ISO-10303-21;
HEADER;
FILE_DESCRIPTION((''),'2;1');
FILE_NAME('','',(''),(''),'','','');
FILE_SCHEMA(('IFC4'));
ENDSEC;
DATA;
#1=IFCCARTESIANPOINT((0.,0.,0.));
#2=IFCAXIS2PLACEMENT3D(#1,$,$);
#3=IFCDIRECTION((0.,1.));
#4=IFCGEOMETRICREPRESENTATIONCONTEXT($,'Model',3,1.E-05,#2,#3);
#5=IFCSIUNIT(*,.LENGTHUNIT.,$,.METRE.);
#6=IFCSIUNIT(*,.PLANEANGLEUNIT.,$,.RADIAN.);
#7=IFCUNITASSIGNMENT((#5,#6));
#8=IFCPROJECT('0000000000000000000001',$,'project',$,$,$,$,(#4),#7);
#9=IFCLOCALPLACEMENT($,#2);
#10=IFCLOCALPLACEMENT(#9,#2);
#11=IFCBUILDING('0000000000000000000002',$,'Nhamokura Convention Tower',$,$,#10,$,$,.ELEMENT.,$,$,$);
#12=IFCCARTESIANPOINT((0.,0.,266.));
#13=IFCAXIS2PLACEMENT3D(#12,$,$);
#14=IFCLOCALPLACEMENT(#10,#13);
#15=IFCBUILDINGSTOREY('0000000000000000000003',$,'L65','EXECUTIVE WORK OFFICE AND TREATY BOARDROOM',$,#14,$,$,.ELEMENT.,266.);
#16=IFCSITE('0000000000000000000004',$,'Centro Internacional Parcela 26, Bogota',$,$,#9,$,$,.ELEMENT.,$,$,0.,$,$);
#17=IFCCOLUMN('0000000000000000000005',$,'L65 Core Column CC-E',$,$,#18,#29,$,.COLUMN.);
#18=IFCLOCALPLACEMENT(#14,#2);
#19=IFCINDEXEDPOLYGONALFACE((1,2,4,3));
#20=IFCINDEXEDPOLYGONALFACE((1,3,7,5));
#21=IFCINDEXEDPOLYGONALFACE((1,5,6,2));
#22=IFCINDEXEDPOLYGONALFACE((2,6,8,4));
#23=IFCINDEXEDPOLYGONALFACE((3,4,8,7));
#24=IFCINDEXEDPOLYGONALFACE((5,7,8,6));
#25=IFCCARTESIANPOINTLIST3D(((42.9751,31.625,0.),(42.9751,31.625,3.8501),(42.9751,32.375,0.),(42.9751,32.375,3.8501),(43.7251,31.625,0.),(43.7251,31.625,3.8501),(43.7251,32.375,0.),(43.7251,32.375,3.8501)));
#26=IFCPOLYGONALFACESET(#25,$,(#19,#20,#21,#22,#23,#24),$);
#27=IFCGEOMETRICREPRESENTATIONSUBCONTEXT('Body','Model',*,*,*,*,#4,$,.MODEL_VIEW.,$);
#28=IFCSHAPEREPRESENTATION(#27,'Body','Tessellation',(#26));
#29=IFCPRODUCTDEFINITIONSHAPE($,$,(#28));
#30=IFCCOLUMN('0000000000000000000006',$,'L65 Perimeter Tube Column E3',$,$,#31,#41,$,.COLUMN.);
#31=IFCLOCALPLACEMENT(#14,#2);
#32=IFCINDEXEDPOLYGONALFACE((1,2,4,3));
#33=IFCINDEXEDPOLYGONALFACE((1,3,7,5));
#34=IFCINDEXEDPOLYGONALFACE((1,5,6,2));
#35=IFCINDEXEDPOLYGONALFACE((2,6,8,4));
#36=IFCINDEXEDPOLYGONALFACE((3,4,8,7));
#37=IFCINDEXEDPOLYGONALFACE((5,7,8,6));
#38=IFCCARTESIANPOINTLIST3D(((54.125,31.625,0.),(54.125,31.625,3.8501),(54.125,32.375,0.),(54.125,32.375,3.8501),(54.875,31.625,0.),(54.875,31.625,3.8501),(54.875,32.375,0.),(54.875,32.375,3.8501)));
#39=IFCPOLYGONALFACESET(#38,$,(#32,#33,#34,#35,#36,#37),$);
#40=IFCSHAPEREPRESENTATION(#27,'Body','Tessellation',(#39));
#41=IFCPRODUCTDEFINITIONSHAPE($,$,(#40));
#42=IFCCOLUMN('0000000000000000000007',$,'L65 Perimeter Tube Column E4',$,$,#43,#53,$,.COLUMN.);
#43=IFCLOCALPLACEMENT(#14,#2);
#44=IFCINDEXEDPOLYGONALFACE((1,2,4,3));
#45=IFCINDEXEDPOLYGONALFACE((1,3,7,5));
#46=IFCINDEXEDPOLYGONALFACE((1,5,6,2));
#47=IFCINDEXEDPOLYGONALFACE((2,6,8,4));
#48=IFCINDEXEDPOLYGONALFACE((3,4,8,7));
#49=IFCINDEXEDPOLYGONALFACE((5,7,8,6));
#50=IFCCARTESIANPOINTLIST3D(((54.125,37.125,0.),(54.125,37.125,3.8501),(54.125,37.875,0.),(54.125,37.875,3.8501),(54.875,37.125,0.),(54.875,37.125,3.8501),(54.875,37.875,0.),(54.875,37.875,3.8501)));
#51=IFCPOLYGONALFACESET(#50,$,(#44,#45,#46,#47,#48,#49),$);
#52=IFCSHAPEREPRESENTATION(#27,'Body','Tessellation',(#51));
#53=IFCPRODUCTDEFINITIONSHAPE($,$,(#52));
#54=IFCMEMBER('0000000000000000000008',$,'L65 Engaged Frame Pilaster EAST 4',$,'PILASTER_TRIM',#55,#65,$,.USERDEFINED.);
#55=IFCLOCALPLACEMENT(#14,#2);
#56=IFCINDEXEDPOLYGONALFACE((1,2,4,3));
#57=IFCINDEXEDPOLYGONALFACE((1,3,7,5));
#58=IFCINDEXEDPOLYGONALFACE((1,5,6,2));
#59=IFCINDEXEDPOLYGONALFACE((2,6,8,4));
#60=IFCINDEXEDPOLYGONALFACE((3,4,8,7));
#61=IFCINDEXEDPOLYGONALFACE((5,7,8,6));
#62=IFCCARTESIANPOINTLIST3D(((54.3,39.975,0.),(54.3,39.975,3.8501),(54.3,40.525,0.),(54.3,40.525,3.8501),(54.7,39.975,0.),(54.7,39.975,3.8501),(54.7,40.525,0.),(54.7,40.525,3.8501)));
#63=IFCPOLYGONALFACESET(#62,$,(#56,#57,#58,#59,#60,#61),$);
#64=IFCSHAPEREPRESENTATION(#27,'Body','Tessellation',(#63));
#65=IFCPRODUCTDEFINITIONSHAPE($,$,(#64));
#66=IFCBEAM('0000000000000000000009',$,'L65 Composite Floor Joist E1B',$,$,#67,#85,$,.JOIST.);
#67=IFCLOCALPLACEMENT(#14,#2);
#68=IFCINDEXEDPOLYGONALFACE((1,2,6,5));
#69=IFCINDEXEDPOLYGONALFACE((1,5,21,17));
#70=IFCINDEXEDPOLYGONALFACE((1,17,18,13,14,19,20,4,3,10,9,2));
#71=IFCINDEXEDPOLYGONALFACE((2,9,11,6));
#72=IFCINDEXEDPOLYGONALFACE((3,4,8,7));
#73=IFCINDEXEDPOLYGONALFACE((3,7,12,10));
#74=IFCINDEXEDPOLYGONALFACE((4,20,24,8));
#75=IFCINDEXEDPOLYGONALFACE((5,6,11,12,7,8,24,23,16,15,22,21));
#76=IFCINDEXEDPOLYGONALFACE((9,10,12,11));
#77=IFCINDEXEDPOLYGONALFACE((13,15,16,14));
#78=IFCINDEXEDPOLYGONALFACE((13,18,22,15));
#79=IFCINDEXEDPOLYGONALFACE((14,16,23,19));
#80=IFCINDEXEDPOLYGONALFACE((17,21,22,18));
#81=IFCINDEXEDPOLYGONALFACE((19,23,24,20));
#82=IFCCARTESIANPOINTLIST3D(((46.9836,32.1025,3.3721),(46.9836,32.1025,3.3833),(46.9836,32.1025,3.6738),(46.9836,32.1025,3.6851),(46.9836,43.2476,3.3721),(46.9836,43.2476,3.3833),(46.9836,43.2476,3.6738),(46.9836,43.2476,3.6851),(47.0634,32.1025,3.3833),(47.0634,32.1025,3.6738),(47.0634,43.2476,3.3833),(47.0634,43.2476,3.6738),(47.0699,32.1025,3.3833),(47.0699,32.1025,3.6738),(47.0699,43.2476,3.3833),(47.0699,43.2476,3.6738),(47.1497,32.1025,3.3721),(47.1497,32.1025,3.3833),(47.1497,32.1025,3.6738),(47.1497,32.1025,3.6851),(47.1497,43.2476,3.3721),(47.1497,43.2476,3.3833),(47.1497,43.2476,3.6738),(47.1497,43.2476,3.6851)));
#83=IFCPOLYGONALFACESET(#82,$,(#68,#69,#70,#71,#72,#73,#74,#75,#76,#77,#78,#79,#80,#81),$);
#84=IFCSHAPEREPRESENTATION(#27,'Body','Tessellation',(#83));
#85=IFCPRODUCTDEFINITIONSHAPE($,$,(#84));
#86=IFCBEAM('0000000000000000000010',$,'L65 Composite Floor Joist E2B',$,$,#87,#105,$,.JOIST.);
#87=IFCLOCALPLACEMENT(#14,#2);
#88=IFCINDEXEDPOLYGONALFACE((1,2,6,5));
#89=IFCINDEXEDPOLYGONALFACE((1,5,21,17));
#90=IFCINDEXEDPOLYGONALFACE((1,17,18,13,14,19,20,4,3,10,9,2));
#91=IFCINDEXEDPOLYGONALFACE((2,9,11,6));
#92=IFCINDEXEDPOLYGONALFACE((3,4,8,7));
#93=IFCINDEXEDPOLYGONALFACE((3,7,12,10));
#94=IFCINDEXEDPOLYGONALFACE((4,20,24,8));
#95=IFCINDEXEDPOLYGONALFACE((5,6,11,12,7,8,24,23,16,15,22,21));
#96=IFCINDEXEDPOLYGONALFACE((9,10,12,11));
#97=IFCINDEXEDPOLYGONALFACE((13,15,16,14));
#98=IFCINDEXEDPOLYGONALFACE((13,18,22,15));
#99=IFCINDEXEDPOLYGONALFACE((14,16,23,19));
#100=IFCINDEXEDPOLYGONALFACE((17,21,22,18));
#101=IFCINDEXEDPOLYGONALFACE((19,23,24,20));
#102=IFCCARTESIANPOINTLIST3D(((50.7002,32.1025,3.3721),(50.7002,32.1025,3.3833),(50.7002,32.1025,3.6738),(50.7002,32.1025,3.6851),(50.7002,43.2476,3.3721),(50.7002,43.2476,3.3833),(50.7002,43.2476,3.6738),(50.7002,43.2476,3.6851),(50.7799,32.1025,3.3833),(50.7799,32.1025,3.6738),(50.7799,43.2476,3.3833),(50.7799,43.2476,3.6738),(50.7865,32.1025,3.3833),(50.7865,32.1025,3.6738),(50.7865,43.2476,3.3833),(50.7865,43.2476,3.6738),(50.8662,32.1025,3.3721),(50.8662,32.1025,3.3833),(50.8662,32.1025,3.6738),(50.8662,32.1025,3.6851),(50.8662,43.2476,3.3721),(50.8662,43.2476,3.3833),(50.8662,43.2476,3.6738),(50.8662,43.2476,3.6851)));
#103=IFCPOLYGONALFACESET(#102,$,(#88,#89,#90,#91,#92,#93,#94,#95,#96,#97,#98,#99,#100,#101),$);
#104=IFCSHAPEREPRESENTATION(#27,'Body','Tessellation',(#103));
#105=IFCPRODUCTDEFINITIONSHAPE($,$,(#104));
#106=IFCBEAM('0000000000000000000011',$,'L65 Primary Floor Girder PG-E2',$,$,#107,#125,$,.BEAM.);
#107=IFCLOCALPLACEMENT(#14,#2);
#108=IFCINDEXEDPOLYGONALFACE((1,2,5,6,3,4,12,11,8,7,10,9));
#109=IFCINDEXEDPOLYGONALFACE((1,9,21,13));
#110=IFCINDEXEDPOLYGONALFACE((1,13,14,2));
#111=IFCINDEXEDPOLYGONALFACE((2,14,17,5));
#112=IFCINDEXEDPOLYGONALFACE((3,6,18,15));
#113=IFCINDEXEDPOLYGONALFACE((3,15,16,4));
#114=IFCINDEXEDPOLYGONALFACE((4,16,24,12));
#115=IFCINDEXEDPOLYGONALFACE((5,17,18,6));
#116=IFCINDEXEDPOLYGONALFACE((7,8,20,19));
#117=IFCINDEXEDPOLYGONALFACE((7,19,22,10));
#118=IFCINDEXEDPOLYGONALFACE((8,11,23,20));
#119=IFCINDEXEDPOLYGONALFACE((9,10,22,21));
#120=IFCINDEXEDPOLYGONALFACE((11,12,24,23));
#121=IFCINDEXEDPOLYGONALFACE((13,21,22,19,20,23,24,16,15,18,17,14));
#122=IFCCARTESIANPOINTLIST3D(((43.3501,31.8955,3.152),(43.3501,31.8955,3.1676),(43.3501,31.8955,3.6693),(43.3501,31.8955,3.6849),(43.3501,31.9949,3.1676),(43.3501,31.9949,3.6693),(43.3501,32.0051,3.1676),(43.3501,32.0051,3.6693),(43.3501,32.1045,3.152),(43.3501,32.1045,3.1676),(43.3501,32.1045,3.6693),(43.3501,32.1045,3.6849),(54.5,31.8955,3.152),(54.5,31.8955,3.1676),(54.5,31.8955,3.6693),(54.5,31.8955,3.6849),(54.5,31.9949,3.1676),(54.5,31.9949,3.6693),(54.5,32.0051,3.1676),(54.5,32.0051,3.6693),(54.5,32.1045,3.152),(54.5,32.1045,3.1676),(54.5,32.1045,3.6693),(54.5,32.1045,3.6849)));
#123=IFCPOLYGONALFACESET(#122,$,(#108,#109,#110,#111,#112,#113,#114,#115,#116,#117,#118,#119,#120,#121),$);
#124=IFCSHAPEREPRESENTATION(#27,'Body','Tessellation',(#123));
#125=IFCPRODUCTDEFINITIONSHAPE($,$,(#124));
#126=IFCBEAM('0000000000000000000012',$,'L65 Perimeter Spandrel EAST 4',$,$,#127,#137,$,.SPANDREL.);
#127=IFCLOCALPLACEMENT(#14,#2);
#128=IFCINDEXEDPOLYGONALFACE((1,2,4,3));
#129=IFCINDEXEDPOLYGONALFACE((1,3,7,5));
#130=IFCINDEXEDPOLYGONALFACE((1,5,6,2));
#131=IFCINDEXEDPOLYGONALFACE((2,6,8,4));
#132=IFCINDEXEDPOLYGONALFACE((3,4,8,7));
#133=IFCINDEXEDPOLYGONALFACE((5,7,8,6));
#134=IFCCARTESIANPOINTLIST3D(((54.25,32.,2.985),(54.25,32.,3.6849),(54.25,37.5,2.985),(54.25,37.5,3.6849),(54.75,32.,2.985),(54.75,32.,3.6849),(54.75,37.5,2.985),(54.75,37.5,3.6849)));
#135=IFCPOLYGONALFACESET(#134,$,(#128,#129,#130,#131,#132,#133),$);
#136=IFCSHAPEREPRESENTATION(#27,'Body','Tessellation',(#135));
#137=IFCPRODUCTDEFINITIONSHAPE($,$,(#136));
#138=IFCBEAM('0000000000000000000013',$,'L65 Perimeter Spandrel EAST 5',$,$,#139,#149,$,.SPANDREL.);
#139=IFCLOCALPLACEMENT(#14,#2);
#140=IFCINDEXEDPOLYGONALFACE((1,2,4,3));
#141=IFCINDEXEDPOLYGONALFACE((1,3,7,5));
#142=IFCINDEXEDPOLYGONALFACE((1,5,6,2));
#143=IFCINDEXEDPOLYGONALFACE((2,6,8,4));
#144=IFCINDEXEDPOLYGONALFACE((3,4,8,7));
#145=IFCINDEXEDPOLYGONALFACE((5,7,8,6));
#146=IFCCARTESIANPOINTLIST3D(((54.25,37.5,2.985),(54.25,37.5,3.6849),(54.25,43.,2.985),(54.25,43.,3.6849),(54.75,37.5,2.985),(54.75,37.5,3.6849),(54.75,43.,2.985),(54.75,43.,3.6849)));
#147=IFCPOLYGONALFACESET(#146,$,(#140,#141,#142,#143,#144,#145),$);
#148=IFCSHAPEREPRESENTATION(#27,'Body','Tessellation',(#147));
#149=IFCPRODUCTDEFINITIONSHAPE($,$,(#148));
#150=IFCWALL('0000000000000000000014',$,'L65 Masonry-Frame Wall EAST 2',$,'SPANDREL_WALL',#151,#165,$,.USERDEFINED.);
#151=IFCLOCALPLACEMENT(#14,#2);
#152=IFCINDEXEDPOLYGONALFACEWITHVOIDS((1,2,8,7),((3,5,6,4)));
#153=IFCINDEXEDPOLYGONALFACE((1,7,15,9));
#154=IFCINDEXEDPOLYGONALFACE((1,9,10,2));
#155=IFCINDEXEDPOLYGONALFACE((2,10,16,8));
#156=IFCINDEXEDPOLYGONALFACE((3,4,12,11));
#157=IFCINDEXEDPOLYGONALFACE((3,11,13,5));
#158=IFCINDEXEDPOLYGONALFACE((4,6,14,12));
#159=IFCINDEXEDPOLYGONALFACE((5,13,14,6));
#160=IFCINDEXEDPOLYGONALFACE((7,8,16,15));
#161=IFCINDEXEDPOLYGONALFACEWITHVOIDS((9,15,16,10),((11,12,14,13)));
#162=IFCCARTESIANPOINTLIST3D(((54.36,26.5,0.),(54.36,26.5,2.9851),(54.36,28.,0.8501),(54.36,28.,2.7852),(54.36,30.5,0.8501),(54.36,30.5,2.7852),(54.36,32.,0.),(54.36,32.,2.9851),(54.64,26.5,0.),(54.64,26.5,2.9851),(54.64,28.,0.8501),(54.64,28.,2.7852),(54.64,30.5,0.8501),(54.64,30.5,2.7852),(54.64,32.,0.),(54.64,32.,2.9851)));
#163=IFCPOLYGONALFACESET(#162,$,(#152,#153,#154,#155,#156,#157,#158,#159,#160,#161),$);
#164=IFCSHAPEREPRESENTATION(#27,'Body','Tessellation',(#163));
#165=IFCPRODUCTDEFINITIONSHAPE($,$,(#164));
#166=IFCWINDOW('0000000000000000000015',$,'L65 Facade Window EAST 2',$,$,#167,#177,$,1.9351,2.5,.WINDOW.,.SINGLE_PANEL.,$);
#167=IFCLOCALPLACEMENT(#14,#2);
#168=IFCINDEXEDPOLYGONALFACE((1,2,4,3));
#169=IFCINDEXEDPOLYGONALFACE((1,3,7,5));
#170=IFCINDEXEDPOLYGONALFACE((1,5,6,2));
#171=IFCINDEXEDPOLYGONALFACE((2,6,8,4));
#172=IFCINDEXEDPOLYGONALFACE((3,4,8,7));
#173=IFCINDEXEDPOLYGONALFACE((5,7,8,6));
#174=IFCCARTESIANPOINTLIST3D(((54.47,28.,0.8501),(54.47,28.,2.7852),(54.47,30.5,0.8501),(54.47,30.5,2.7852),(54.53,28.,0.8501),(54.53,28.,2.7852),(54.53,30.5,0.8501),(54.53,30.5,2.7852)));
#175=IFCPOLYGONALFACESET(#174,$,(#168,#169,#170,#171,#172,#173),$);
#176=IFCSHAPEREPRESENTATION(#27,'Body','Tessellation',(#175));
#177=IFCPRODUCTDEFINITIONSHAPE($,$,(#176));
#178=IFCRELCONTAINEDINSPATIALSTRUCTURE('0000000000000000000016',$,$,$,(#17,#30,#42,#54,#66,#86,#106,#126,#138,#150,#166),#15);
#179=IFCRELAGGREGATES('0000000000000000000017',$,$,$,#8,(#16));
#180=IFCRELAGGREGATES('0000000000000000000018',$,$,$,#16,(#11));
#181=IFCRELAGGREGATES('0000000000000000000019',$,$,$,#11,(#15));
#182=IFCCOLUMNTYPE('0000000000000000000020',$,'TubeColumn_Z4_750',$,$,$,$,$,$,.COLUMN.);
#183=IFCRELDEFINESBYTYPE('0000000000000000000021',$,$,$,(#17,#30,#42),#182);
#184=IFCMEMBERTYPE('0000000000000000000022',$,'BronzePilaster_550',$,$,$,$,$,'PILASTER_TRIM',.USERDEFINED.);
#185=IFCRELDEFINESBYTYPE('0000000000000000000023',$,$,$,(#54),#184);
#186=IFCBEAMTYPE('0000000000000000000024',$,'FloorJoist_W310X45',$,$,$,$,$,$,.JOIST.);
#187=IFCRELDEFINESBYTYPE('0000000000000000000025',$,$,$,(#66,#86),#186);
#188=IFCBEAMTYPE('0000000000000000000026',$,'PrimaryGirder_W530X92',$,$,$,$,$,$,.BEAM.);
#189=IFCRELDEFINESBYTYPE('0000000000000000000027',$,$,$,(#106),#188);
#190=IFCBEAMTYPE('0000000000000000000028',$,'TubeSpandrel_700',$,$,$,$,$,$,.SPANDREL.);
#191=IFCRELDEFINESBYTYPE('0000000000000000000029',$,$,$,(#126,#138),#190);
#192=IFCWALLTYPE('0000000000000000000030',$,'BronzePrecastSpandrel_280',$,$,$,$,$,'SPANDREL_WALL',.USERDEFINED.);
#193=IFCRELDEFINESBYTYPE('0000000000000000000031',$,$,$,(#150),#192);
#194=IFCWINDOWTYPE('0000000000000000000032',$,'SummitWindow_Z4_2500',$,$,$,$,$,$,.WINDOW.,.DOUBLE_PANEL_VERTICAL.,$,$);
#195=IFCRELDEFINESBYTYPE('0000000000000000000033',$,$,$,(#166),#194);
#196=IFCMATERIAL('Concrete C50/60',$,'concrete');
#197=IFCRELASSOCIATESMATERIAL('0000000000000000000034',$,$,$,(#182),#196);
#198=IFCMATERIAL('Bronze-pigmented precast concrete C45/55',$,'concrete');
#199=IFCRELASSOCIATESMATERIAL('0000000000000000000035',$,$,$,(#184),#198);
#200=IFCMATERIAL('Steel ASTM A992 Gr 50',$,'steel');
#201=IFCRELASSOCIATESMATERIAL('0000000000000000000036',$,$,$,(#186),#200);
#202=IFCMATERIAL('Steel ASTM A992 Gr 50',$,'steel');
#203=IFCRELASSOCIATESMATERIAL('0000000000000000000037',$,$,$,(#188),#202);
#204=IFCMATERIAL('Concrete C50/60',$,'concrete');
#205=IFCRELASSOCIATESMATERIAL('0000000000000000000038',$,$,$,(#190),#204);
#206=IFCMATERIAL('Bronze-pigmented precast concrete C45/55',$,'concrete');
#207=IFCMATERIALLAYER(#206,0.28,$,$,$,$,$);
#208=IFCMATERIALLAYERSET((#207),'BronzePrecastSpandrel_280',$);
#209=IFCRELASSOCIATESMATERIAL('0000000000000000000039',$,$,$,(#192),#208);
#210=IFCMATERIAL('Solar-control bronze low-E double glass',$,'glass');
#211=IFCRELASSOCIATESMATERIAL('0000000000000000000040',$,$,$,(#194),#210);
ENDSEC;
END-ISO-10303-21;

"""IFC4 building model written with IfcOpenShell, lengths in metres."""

from ifc_helpers import new_model, si_unit, direction, frame, frame_2d, origin, origin_2d, place, context, subcontext, project, spatial, rectangle, i_section, extrude, material, layer, layer_set, material_profile, profile_set, type_object, element, fill, save


model = new_model("IFC4")

# Units and contexts
model_context = context("Model", 3, precision=1e-05, world=origin(), true_north=direction((0.0, 1.0)))
body_context = subcontext(model_context, "Body", "Model", "MODEL_VIEW")
ifc_project = project(units=[si_unit("LENGTHUNIT", "METRE"), si_unit("PLANEANGLEUNIT", "RADIAN")], contexts=[model_context])

# Site, building, storey
site_placement = place(None, origin())
site = spatial("IfcSite", under=ifc_project, at=site_placement, Name="Centro Internacional Parcela 26, Bogota", CompositionType="ELEMENT", RefElevation=0.0)
building_placement = place(site_placement, origin())
building = spatial("IfcBuilding", under=site, at=building_placement, Name="Nhamokura Convention Tower", CompositionType="ELEMENT")
storey_placement = place(building_placement, frame((0.0, 0.0, 266.0)))
storey = spatial("IfcBuildingStorey", under=building, at=storey_placement, Name="L65", Description="EXECUTIVE WORK OFFICE AND TREATY BOARDROOM", CompositionType="ELEMENT", Elevation=266.0)

# Columns
ifc_material_1 = material(Name="Concrete C50/60", Category="concrete")
ifc_material_profile_1 = material_profile(ifc_material_1, rectangle(XDim=0.75, YDim=0.75, at=origin_2d()))
ifc_profile_set_1 = profile_set([ifc_material_profile_1], Name="Concrete C50/60")
column_type = type_object("IfcColumnType", Name="TubeColumn_Z4_750", PredefinedType="COLUMN", material=ifc_profile_set_1)
for number, where, z_axis, x_axis, name in (
    (1, (43.3501, 32.0, 0.0), (0.0, 0.0, 1.0), (1.0, 0.0, 0.0), "L65 Core Column CC-E"),
    (2, (54.5, 32.0, 0.0), (0.0, 0.0, 1.0), (1.0, 0.0, 0.0), "L65 Perimeter Tube Column E3"),
    (3, (54.5, 37.5, 0.0), (0.0, 0.0, 1.0), (1.0, 0.0, 0.0), "L65 Perimeter Tube Column E4"),
):
    element("IfcColumn", number, at=place(storey_placement, frame(where, z_axis=z_axis, x_axis=x_axis)), inside=storey, type_object=column_type, Name=name, PredefinedType="COLUMN", context=body_context, shape_type="SweptSolid", body=[
        extrude(rectangle(XDim=0.75, YDim=0.75, at=origin_2d()), origin(), (0.0, 0.0, 1.0), 3.8501),
    ])

# Member
ifc_material_2 = material(Name="Bronze-pigmented precast concrete C45/55", Category="concrete")
ifc_material_profile_2 = material_profile(ifc_material_2, rectangle(XDim=0.3999, YDim=0.55, at=origin_2d()))
ifc_profile_set_2 = profile_set([ifc_material_profile_2], Name="Bronze-pigmented precast concrete C45/55")
member_type = type_object("IfcMemberType", Name="BronzePilaster_550", ElementType="PILASTER_TRIM", PredefinedType="USERDEFINED", material=ifc_profile_set_2)
member_placement = place(storey_placement, frame((54.5, 40.25, 0.0), z_axis=(0.0, 0.0, 1.0), x_axis=(1.0, 0.0, 0.0)))
element("IfcMember", 4, at=member_placement, inside=storey, type_object=member_type, Name="L65 Engaged Frame Pilaster EAST 4", ObjectType="PILASTER_TRIM", PredefinedType="USERDEFINED", context=body_context, shape_type="SweptSolid", body=[
    extrude(rectangle(XDim=0.3999, YDim=0.55, at=origin_2d()), origin(), (0.0, 0.0, 1.0), 3.8501),
])

# Beams
ifc_material_3 = material(Name="Steel ASTM A992 Gr 50", Category="steel")
ifc_material_profile_3 = material_profile(ifc_material_3, i_section(OverallWidth=0.166, OverallDepth=0.313, WebThickness=0.0066, FlangeThickness=0.0112, at=origin_2d()))
ifc_profile_set_3 = profile_set([ifc_material_profile_3], Name="Steel ASTM A992 Gr 50")
beam_type_1 = type_object("IfcBeamType", Name="FloorJoist_W310X45", PredefinedType="JOIST", material=ifc_profile_set_3)
for number, where, z_axis, x_axis, name in (
    (5, (47.0667, 32.1025, 3.5286), (0.0, 1.0, 0.0), (-1.0, 0.0, 0.0), "L65 Composite Floor Joist E1B"),
    (6, (50.7832, 32.1025, 3.5286), (0.0, 1.0, 0.0), (-1.0, 0.0, 0.0), "L65 Composite Floor Joist E2B"),
):
    element("IfcBeam", number, at=place(storey_placement, frame(where, z_axis=z_axis, x_axis=x_axis)), inside=storey, type_object=beam_type_1, Name=name, PredefinedType="JOIST", context=body_context, shape_type="SweptSolid", body=[
        extrude(i_section(OverallWidth=0.166, OverallDepth=0.313, WebThickness=0.0066, FlangeThickness=0.0112, at=origin_2d()), origin(), (0.0, 0.0, 1.0), 11.145),
    ])
ifc_material_4 = material(Name="Steel ASTM A992 Gr 50", Category="steel")
ifc_material_profile_4 = material_profile(ifc_material_4, i_section(OverallWidth=0.209, OverallDepth=0.533, WebThickness=0.0103, FlangeThickness=0.0156, at=origin_2d()))
ifc_profile_set_4 = profile_set([ifc_material_profile_4], Name="Steel ASTM A992 Gr 50")
beam_type_2 = type_object("IfcBeamType", Name="PrimaryGirder_W530X92", PredefinedType="BEAM", material=ifc_profile_set_4)
beam_placement = place(storey_placement, frame((43.3501, 32.0, 3.4185), z_axis=(1.0, 0.0, 0.0), x_axis=(0.0, 1.0, 0.0)))
element("IfcBeam", 7, at=beam_placement, inside=storey, type_object=beam_type_2, Name="L65 Primary Floor Girder PG-E2", PredefinedType="BEAM", context=body_context, shape_type="SweptSolid", body=[
    extrude(i_section(OverallWidth=0.209, OverallDepth=0.533, WebThickness=0.0103, FlangeThickness=0.0156, at=origin_2d()), origin(), (0.0, 0.0, 1.0), 11.1499),
])
ifc_material_5 = material(Name="Concrete C50/60", Category="concrete")
ifc_material_profile_5 = material_profile(ifc_material_5, rectangle(XDim=0.5, YDim=0.7, at=origin_2d()))
ifc_profile_set_5 = profile_set([ifc_material_profile_5], Name="Concrete C50/60")
beam_type_3 = type_object("IfcBeamType", Name="TubeSpandrel_700", PredefinedType="SPANDREL", material=ifc_profile_set_5)
for number, where, z_axis, x_axis, name in (
    (8, (54.5, 32.0, 3.335), (0.0, 1.0, 0.0), (-1.0, 0.0, 0.0), "L65 Perimeter Spandrel EAST 4"),
    (9, (54.5, 37.5, 3.335), (0.0, 1.0, 0.0), (-1.0, 0.0, 0.0), "L65 Perimeter Spandrel EAST 5"),
):
    element("IfcBeam", number, at=place(storey_placement, frame(where, z_axis=z_axis, x_axis=x_axis)), inside=storey, type_object=beam_type_3, Name=name, PredefinedType="SPANDREL", context=body_context, shape_type="SweptSolid", body=[
        extrude(rectangle(XDim=0.5, YDim=0.7, at=origin_2d()), origin(), (0.0, 0.0, 1.0), 5.5),
    ])

# Wall, opening, window
ifc_material_6 = material(Name="Bronze-pigmented precast concrete C45/55", Category="concrete")
ifc_layer_1 = layer(ifc_material_6, 0.28)
ifc_layer_set_1 = layer_set([ifc_layer_1], Name="BronzePrecastSpandrel_280")
wall_type_1 = type_object("IfcWallType", Name="BronzePrecastSpandrel_280", ElementType="SPANDREL_WALL", PredefinedType="USERDEFINED", material=ifc_layer_set_1)
wall_1_placement = place(storey_placement, frame((54.5, 32.0, 0.0), z_axis=(0.0, 0.0, 1.0), x_axis=(0.0, -1.0, 0.0)))
wall_1 = element("IfcWall", 10, at=wall_1_placement, inside=storey, type_object=wall_type_1, Name="L65 Masonry-Frame Wall EAST 2", ObjectType="SPANDREL_WALL", PredefinedType="USERDEFINED", context=body_context, shape_type="SweptSolid", body=[
    extrude(rectangle(XDim=5.5, YDim=0.28, at=frame_2d((2.75, 0.0))), origin(), (0.0, 0.0, 1.0), 2.9851),
])
opening_1_placement = place(wall_1_placement, frame((1.5, 0.0, 0.8501)))
opening_1 = element("IfcOpeningElement", 11, at=opening_1_placement, cuts=wall_1, PredefinedType="OPENING", context=body_context, shape_type="SweptSolid", body=[
    extrude(rectangle(XDim=2.5, YDim=1.9351, at=frame_2d((1.25, 0.9675))), frame((0.0, 0.1499, 0.0), z_axis=(0.0, -1.0, 0.0), x_axis=(1.0, 0.0, 0.0)), (0.0, 0.0, 1.0), 0.3),
])
ifc_material_7 = material(Name="Solar-control bronze low-E double glass", Category="glass")
window_type = type_object("IfcWindowType", Name="SummitWindow_Z4_2500", PartitioningType="DOUBLE_PANEL_VERTICAL", PredefinedType="WINDOW", material=ifc_material_7)
window_1_placement = place(opening_1_placement, origin())
window_1 = element("IfcWindow", 12, at=window_1_placement, inside=storey, type_object=window_type, Name="L65 Facade Window EAST 2", OverallHeight=1.9351, OverallWidth=2.5, PartitioningType="SINGLE_PANEL", PredefinedType="WINDOW", context=body_context, shape_type="SweptSolid", body=[
    extrude(rectangle(XDim=2.5, YDim=1.9351, at=frame_2d((1.25, 0.9675))), frame((0.0, 0.03, 0.0), z_axis=(0.0, -1.0, 0.0), x_axis=(1.0, 0.0, 0.0)), (0.0, 0.0, 1.0), 0.0601),
])
fill(opening_1, window_1)

save(model, "model.ifc")
